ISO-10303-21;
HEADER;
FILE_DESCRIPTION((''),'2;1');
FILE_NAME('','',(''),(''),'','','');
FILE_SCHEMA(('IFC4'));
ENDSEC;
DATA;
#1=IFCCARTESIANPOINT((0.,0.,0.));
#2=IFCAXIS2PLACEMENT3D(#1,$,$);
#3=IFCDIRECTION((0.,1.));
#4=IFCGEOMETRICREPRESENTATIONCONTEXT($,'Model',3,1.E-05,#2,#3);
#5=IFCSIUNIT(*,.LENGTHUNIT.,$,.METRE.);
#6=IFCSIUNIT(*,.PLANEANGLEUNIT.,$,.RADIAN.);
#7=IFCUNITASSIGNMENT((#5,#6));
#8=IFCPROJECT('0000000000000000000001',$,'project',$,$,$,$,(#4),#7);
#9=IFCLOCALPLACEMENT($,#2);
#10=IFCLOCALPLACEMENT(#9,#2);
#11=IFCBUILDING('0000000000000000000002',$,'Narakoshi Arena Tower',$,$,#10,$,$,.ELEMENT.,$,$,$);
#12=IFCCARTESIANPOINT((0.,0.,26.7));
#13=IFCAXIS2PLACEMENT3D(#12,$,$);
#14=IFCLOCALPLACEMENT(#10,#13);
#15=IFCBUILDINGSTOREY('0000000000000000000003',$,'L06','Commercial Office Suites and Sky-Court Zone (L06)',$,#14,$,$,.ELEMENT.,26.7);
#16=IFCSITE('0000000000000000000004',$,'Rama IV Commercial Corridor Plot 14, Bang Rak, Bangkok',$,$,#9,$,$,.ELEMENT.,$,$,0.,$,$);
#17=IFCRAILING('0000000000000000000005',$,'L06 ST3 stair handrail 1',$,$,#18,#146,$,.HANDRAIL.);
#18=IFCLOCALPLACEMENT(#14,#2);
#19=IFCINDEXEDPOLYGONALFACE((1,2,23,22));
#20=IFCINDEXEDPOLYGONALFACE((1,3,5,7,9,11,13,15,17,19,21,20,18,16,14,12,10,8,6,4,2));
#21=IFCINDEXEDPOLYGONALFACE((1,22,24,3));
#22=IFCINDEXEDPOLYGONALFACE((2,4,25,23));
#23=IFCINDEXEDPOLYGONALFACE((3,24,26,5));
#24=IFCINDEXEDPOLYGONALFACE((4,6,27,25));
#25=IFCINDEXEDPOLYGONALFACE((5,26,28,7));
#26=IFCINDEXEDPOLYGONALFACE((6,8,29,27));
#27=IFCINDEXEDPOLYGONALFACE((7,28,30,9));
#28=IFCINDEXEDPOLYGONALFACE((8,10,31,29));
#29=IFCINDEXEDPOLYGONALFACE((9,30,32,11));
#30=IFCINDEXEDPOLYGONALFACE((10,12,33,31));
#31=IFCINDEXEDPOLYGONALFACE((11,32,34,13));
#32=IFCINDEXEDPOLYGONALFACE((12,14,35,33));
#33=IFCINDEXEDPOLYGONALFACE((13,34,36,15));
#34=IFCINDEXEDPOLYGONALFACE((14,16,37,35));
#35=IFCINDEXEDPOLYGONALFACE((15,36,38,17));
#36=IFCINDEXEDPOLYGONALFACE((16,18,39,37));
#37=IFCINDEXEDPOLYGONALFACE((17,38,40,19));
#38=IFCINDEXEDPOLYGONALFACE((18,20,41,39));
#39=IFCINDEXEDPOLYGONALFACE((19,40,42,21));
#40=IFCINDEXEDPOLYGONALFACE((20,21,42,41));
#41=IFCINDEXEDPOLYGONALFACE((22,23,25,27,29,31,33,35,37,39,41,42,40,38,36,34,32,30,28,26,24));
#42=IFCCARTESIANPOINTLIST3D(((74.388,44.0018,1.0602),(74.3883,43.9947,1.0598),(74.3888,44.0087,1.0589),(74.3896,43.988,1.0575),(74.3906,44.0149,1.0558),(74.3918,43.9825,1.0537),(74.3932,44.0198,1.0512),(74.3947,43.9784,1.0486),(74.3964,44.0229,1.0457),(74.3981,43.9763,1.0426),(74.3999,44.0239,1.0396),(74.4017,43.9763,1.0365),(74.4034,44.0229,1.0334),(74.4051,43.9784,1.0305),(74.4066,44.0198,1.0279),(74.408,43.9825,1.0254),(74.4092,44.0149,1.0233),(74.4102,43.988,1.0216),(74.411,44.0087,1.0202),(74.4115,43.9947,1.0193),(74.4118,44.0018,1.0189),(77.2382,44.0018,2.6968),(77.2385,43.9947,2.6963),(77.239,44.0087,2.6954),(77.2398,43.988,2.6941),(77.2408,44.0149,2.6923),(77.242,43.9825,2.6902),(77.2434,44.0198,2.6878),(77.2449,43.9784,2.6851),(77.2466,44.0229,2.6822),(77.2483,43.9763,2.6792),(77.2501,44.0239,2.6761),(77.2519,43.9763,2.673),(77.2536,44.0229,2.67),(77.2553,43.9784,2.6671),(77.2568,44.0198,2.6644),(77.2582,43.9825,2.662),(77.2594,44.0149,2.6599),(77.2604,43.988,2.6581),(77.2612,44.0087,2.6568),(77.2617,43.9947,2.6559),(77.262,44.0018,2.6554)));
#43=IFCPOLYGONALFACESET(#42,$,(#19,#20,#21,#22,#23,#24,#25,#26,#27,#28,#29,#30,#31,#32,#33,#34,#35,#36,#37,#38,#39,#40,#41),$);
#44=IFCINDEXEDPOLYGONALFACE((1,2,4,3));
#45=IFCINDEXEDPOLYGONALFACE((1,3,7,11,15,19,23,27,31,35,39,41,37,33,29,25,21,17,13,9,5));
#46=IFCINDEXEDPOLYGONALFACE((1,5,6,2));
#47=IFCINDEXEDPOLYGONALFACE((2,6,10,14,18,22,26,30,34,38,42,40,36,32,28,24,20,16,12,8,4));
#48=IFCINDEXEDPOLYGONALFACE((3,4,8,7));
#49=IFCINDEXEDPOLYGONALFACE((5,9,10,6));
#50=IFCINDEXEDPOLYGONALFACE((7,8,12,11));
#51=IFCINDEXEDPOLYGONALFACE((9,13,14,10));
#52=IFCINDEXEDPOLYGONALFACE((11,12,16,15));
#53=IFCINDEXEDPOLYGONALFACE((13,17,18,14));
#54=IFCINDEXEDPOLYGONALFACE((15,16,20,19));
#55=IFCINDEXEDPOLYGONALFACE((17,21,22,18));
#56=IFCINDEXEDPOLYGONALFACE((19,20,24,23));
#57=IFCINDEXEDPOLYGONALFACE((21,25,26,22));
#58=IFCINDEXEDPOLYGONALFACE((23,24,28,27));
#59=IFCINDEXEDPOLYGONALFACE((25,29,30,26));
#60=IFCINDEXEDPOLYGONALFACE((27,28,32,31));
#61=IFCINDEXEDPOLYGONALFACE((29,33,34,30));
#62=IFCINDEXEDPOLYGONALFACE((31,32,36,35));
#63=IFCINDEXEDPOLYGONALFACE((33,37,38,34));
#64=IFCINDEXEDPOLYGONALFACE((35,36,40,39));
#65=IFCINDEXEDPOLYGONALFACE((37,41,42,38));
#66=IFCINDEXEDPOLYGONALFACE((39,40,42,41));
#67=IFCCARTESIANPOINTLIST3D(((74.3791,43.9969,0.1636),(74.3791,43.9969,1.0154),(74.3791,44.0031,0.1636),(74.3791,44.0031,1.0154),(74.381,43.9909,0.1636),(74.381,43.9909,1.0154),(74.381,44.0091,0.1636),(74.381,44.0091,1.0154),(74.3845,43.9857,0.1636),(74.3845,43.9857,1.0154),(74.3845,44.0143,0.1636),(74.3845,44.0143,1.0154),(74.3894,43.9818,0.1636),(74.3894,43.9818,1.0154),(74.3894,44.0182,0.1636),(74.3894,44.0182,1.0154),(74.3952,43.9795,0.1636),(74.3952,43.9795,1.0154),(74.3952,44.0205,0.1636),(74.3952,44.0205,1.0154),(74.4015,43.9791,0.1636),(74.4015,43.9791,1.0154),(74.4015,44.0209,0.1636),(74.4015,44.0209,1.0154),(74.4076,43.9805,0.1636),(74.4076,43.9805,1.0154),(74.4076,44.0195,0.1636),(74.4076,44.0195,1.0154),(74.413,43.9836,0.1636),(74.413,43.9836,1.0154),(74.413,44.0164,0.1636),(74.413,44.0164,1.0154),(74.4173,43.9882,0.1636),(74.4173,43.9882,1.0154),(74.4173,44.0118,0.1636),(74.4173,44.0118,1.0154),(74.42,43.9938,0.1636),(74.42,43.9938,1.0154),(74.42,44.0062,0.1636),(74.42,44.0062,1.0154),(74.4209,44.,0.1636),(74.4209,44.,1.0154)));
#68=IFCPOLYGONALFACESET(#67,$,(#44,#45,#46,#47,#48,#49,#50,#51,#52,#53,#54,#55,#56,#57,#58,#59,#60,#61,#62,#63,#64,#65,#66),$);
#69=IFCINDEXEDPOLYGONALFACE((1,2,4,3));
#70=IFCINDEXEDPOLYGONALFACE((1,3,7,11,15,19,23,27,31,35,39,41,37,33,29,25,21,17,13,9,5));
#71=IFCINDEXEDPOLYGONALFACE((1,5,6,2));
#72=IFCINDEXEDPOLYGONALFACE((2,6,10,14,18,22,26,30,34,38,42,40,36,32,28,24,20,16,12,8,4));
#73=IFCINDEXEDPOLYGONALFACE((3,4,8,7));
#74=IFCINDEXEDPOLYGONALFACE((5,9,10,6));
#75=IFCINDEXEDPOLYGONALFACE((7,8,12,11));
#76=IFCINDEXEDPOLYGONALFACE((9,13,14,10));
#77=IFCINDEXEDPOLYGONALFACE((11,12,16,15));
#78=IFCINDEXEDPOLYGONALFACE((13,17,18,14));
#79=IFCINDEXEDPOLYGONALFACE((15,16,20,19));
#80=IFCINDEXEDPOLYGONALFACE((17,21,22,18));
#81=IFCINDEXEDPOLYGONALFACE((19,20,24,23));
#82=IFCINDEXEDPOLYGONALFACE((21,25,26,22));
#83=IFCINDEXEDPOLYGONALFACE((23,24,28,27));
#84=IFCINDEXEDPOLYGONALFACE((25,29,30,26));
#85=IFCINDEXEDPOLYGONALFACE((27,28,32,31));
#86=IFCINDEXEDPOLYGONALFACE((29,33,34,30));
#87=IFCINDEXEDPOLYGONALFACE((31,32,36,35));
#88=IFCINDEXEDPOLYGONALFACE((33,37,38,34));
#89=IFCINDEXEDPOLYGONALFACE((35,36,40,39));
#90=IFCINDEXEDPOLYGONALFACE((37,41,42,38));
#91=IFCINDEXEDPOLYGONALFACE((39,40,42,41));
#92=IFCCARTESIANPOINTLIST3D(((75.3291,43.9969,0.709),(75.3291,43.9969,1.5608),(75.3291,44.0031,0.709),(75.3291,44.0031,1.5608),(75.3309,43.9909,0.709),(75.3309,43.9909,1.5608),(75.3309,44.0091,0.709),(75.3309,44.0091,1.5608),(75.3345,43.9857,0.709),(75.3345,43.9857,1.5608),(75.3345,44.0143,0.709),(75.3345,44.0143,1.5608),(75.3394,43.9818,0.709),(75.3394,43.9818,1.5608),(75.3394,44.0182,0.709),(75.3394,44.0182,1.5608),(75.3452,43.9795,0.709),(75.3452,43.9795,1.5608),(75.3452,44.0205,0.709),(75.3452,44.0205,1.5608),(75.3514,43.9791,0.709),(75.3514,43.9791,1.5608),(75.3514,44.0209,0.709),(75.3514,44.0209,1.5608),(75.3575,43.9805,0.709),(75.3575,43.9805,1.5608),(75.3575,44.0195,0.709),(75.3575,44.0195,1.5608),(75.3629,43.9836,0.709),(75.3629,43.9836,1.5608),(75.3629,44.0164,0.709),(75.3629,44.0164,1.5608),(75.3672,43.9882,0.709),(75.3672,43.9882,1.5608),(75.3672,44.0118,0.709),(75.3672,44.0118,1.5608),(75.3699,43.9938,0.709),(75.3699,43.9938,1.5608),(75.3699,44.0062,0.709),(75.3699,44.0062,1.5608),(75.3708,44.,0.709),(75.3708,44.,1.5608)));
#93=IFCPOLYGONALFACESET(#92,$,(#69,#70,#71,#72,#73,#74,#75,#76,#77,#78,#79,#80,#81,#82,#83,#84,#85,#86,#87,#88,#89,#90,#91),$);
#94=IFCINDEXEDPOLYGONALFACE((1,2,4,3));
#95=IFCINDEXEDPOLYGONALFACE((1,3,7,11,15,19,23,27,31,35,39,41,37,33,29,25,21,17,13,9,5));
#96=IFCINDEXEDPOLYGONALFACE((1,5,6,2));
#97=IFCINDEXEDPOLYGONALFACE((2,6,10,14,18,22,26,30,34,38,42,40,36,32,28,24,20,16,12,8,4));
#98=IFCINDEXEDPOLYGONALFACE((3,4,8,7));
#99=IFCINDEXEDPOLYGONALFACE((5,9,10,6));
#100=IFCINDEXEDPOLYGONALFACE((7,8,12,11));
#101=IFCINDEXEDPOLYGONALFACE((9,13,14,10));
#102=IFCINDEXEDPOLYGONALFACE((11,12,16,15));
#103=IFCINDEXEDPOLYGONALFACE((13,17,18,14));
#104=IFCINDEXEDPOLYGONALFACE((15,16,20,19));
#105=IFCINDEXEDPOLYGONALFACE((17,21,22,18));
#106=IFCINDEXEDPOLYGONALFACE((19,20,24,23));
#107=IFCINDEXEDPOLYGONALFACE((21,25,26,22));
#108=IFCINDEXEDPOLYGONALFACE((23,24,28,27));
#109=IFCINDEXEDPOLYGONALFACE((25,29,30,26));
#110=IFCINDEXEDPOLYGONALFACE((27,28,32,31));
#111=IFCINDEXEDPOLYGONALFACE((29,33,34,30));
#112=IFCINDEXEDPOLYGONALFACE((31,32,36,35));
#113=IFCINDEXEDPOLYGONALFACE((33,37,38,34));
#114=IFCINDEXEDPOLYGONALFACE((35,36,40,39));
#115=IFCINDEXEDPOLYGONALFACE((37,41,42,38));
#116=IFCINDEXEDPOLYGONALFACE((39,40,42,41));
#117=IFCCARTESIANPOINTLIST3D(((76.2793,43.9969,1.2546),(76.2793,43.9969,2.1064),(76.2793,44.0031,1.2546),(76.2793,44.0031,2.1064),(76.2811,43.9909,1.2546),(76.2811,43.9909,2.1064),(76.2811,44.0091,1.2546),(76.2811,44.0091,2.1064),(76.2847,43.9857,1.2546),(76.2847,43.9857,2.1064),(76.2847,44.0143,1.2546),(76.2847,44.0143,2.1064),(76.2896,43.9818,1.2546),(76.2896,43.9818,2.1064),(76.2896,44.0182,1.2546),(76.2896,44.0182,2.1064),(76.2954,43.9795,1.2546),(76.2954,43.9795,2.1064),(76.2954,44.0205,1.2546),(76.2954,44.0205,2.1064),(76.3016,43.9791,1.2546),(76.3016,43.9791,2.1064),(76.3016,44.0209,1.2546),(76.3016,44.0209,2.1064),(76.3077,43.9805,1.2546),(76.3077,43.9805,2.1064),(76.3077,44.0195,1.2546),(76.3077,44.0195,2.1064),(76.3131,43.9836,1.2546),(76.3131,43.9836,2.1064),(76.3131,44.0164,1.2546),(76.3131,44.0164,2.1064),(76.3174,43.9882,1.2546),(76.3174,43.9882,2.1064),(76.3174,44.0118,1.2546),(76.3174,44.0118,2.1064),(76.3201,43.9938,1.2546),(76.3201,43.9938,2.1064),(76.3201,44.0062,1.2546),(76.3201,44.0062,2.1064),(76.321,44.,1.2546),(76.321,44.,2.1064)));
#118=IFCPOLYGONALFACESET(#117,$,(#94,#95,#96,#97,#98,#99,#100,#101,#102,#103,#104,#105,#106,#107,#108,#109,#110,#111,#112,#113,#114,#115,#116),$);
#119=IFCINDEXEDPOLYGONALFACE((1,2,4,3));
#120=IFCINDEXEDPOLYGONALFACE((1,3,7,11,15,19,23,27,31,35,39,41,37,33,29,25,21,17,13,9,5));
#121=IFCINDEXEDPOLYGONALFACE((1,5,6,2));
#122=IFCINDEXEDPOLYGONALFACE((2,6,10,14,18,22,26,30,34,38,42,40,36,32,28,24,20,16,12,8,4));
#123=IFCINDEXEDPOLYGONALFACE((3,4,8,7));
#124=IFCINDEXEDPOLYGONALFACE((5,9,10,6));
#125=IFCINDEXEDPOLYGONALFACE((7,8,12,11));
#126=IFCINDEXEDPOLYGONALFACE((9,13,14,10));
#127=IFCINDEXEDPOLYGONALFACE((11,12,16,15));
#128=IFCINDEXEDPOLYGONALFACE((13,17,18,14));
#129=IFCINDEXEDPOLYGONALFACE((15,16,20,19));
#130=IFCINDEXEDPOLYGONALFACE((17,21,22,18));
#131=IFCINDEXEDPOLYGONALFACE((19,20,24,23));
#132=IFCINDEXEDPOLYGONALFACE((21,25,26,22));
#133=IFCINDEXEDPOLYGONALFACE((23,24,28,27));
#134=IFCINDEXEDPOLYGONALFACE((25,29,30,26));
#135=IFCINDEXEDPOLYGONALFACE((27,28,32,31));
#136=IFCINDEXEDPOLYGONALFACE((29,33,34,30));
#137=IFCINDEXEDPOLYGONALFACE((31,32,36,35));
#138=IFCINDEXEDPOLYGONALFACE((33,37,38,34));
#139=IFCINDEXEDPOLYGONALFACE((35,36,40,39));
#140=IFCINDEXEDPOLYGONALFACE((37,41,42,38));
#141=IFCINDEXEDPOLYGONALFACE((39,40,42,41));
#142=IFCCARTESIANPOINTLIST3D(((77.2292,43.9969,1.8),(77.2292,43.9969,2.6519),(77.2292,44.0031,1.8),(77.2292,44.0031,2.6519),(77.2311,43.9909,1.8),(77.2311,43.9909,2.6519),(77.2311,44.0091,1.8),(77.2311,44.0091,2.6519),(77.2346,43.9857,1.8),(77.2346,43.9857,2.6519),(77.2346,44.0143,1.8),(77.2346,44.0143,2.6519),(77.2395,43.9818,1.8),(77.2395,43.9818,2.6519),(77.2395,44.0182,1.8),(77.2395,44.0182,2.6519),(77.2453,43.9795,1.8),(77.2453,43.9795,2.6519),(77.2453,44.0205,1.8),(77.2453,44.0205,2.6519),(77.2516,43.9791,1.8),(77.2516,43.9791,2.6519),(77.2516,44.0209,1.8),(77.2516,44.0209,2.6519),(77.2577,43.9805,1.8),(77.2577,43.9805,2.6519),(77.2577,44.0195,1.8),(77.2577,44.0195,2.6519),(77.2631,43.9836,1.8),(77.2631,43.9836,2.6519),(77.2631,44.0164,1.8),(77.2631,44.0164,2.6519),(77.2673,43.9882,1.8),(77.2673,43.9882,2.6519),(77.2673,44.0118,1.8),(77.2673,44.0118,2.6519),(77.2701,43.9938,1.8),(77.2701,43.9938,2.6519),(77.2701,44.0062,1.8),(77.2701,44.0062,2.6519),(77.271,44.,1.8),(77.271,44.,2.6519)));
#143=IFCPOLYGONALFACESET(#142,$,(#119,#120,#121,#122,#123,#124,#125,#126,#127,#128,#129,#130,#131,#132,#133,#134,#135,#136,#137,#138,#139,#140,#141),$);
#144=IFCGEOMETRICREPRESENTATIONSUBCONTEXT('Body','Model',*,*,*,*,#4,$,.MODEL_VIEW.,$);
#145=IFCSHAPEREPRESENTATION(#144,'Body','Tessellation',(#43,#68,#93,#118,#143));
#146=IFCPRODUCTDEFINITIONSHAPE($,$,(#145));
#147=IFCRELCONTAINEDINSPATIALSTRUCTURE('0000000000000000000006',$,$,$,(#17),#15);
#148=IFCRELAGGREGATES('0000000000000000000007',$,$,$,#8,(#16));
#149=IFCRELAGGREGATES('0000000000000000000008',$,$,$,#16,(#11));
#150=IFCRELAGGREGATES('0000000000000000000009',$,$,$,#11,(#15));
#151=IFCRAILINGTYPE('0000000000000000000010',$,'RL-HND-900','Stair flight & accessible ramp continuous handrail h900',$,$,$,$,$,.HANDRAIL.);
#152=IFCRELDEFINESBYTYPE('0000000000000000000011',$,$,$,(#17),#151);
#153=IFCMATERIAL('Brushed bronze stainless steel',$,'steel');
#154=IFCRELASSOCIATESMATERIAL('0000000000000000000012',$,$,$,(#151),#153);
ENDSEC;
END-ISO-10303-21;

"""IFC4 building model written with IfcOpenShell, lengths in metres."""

from ifc_helpers import new_model, si_unit, direction, frame, origin, origin_2d, place, context, subcontext, project, spatial, circle, extrude, material, type_object, element, save


model = new_model("IFC4")

# Units and contexts
model_context = context("Model", 3, precision=1e-05, world=origin(), true_north=direction((0.0, 1.0)))
body_context = subcontext(model_context, "Body", "Model", "MODEL_VIEW")
ifc_project = project(units=[si_unit("LENGTHUNIT", "METRE"), si_unit("PLANEANGLEUNIT", "RADIAN")], contexts=[model_context])

# Site, building, storey
site_placement = place(None, origin())
site = spatial("IfcSite", under=ifc_project, at=site_placement, Name="Rama IV Commercial Corridor Plot 14, Bang Rak, Bangkok", CompositionType="ELEMENT", RefElevation=0.0)
building_placement = place(site_placement, origin())
building = spatial("IfcBuilding", under=site, at=building_placement, Name="Narakoshi Arena Tower", CompositionType="ELEMENT")
storey_placement = place(building_placement, frame((0.0, 0.0, 26.7)))
storey = spatial("IfcBuildingStorey", under=building, at=storey_placement, Name="L06", Description="Commercial Office Suites and Sky-Court Zone (L06)", CompositionType="ELEMENT", Elevation=26.7)

# Shared definitions
ifc_material_1 = material(Name="Brushed bronze stainless steel", Category="steel")

# Railing
railing_type_1 = type_object("IfcRailingType", Name="RL-HND-900", Description="Stair flight & accessible ramp continuous handrail h900", PredefinedType="HANDRAIL", material=ifc_material_1)
for number, where, name in (
    (1, (74.3999, 44.0, 0.1636), "L06 ST3 stair handrail 1"),
):
    element("IfcRailing", number, at=place(storey_placement, frame(where)), inside=storey, type_object=railing_type_1, Name=name, PredefinedType="HANDRAIL", context=body_context, shape_type="SweptSolid", body=[
        extrude(circle(Radius=0.0239, at=origin_2d()), frame((0.0, 0.0, 0.876), z_axis=(0.867213, 0.0, 0.497938), x_axis=(0.0, 1.0, 0.0)), (0.0, 0.0, 1.0), 3.2866),
        extrude(circle(Radius=0.021, at=origin_2d()), origin(), (0.0, 0.0, 1.0), 0.8518),
        extrude(circle(Radius=0.021, at=origin_2d()), frame((0.95, 0.0, 0.5454)), (0.0, 0.0, 1.0), 0.8518),
        extrude(circle(Radius=0.021, at=origin_2d()), frame((1.9001, 0.0, 1.0911)), (0.0, 0.0, 1.0), 0.8518),
        extrude(circle(Radius=0.021, at=origin_2d()), frame((2.8501, 0.0, 1.6365)), (0.0, 0.0, 1.0), 0.8518),
    ])

save(model, "model.ifc")
